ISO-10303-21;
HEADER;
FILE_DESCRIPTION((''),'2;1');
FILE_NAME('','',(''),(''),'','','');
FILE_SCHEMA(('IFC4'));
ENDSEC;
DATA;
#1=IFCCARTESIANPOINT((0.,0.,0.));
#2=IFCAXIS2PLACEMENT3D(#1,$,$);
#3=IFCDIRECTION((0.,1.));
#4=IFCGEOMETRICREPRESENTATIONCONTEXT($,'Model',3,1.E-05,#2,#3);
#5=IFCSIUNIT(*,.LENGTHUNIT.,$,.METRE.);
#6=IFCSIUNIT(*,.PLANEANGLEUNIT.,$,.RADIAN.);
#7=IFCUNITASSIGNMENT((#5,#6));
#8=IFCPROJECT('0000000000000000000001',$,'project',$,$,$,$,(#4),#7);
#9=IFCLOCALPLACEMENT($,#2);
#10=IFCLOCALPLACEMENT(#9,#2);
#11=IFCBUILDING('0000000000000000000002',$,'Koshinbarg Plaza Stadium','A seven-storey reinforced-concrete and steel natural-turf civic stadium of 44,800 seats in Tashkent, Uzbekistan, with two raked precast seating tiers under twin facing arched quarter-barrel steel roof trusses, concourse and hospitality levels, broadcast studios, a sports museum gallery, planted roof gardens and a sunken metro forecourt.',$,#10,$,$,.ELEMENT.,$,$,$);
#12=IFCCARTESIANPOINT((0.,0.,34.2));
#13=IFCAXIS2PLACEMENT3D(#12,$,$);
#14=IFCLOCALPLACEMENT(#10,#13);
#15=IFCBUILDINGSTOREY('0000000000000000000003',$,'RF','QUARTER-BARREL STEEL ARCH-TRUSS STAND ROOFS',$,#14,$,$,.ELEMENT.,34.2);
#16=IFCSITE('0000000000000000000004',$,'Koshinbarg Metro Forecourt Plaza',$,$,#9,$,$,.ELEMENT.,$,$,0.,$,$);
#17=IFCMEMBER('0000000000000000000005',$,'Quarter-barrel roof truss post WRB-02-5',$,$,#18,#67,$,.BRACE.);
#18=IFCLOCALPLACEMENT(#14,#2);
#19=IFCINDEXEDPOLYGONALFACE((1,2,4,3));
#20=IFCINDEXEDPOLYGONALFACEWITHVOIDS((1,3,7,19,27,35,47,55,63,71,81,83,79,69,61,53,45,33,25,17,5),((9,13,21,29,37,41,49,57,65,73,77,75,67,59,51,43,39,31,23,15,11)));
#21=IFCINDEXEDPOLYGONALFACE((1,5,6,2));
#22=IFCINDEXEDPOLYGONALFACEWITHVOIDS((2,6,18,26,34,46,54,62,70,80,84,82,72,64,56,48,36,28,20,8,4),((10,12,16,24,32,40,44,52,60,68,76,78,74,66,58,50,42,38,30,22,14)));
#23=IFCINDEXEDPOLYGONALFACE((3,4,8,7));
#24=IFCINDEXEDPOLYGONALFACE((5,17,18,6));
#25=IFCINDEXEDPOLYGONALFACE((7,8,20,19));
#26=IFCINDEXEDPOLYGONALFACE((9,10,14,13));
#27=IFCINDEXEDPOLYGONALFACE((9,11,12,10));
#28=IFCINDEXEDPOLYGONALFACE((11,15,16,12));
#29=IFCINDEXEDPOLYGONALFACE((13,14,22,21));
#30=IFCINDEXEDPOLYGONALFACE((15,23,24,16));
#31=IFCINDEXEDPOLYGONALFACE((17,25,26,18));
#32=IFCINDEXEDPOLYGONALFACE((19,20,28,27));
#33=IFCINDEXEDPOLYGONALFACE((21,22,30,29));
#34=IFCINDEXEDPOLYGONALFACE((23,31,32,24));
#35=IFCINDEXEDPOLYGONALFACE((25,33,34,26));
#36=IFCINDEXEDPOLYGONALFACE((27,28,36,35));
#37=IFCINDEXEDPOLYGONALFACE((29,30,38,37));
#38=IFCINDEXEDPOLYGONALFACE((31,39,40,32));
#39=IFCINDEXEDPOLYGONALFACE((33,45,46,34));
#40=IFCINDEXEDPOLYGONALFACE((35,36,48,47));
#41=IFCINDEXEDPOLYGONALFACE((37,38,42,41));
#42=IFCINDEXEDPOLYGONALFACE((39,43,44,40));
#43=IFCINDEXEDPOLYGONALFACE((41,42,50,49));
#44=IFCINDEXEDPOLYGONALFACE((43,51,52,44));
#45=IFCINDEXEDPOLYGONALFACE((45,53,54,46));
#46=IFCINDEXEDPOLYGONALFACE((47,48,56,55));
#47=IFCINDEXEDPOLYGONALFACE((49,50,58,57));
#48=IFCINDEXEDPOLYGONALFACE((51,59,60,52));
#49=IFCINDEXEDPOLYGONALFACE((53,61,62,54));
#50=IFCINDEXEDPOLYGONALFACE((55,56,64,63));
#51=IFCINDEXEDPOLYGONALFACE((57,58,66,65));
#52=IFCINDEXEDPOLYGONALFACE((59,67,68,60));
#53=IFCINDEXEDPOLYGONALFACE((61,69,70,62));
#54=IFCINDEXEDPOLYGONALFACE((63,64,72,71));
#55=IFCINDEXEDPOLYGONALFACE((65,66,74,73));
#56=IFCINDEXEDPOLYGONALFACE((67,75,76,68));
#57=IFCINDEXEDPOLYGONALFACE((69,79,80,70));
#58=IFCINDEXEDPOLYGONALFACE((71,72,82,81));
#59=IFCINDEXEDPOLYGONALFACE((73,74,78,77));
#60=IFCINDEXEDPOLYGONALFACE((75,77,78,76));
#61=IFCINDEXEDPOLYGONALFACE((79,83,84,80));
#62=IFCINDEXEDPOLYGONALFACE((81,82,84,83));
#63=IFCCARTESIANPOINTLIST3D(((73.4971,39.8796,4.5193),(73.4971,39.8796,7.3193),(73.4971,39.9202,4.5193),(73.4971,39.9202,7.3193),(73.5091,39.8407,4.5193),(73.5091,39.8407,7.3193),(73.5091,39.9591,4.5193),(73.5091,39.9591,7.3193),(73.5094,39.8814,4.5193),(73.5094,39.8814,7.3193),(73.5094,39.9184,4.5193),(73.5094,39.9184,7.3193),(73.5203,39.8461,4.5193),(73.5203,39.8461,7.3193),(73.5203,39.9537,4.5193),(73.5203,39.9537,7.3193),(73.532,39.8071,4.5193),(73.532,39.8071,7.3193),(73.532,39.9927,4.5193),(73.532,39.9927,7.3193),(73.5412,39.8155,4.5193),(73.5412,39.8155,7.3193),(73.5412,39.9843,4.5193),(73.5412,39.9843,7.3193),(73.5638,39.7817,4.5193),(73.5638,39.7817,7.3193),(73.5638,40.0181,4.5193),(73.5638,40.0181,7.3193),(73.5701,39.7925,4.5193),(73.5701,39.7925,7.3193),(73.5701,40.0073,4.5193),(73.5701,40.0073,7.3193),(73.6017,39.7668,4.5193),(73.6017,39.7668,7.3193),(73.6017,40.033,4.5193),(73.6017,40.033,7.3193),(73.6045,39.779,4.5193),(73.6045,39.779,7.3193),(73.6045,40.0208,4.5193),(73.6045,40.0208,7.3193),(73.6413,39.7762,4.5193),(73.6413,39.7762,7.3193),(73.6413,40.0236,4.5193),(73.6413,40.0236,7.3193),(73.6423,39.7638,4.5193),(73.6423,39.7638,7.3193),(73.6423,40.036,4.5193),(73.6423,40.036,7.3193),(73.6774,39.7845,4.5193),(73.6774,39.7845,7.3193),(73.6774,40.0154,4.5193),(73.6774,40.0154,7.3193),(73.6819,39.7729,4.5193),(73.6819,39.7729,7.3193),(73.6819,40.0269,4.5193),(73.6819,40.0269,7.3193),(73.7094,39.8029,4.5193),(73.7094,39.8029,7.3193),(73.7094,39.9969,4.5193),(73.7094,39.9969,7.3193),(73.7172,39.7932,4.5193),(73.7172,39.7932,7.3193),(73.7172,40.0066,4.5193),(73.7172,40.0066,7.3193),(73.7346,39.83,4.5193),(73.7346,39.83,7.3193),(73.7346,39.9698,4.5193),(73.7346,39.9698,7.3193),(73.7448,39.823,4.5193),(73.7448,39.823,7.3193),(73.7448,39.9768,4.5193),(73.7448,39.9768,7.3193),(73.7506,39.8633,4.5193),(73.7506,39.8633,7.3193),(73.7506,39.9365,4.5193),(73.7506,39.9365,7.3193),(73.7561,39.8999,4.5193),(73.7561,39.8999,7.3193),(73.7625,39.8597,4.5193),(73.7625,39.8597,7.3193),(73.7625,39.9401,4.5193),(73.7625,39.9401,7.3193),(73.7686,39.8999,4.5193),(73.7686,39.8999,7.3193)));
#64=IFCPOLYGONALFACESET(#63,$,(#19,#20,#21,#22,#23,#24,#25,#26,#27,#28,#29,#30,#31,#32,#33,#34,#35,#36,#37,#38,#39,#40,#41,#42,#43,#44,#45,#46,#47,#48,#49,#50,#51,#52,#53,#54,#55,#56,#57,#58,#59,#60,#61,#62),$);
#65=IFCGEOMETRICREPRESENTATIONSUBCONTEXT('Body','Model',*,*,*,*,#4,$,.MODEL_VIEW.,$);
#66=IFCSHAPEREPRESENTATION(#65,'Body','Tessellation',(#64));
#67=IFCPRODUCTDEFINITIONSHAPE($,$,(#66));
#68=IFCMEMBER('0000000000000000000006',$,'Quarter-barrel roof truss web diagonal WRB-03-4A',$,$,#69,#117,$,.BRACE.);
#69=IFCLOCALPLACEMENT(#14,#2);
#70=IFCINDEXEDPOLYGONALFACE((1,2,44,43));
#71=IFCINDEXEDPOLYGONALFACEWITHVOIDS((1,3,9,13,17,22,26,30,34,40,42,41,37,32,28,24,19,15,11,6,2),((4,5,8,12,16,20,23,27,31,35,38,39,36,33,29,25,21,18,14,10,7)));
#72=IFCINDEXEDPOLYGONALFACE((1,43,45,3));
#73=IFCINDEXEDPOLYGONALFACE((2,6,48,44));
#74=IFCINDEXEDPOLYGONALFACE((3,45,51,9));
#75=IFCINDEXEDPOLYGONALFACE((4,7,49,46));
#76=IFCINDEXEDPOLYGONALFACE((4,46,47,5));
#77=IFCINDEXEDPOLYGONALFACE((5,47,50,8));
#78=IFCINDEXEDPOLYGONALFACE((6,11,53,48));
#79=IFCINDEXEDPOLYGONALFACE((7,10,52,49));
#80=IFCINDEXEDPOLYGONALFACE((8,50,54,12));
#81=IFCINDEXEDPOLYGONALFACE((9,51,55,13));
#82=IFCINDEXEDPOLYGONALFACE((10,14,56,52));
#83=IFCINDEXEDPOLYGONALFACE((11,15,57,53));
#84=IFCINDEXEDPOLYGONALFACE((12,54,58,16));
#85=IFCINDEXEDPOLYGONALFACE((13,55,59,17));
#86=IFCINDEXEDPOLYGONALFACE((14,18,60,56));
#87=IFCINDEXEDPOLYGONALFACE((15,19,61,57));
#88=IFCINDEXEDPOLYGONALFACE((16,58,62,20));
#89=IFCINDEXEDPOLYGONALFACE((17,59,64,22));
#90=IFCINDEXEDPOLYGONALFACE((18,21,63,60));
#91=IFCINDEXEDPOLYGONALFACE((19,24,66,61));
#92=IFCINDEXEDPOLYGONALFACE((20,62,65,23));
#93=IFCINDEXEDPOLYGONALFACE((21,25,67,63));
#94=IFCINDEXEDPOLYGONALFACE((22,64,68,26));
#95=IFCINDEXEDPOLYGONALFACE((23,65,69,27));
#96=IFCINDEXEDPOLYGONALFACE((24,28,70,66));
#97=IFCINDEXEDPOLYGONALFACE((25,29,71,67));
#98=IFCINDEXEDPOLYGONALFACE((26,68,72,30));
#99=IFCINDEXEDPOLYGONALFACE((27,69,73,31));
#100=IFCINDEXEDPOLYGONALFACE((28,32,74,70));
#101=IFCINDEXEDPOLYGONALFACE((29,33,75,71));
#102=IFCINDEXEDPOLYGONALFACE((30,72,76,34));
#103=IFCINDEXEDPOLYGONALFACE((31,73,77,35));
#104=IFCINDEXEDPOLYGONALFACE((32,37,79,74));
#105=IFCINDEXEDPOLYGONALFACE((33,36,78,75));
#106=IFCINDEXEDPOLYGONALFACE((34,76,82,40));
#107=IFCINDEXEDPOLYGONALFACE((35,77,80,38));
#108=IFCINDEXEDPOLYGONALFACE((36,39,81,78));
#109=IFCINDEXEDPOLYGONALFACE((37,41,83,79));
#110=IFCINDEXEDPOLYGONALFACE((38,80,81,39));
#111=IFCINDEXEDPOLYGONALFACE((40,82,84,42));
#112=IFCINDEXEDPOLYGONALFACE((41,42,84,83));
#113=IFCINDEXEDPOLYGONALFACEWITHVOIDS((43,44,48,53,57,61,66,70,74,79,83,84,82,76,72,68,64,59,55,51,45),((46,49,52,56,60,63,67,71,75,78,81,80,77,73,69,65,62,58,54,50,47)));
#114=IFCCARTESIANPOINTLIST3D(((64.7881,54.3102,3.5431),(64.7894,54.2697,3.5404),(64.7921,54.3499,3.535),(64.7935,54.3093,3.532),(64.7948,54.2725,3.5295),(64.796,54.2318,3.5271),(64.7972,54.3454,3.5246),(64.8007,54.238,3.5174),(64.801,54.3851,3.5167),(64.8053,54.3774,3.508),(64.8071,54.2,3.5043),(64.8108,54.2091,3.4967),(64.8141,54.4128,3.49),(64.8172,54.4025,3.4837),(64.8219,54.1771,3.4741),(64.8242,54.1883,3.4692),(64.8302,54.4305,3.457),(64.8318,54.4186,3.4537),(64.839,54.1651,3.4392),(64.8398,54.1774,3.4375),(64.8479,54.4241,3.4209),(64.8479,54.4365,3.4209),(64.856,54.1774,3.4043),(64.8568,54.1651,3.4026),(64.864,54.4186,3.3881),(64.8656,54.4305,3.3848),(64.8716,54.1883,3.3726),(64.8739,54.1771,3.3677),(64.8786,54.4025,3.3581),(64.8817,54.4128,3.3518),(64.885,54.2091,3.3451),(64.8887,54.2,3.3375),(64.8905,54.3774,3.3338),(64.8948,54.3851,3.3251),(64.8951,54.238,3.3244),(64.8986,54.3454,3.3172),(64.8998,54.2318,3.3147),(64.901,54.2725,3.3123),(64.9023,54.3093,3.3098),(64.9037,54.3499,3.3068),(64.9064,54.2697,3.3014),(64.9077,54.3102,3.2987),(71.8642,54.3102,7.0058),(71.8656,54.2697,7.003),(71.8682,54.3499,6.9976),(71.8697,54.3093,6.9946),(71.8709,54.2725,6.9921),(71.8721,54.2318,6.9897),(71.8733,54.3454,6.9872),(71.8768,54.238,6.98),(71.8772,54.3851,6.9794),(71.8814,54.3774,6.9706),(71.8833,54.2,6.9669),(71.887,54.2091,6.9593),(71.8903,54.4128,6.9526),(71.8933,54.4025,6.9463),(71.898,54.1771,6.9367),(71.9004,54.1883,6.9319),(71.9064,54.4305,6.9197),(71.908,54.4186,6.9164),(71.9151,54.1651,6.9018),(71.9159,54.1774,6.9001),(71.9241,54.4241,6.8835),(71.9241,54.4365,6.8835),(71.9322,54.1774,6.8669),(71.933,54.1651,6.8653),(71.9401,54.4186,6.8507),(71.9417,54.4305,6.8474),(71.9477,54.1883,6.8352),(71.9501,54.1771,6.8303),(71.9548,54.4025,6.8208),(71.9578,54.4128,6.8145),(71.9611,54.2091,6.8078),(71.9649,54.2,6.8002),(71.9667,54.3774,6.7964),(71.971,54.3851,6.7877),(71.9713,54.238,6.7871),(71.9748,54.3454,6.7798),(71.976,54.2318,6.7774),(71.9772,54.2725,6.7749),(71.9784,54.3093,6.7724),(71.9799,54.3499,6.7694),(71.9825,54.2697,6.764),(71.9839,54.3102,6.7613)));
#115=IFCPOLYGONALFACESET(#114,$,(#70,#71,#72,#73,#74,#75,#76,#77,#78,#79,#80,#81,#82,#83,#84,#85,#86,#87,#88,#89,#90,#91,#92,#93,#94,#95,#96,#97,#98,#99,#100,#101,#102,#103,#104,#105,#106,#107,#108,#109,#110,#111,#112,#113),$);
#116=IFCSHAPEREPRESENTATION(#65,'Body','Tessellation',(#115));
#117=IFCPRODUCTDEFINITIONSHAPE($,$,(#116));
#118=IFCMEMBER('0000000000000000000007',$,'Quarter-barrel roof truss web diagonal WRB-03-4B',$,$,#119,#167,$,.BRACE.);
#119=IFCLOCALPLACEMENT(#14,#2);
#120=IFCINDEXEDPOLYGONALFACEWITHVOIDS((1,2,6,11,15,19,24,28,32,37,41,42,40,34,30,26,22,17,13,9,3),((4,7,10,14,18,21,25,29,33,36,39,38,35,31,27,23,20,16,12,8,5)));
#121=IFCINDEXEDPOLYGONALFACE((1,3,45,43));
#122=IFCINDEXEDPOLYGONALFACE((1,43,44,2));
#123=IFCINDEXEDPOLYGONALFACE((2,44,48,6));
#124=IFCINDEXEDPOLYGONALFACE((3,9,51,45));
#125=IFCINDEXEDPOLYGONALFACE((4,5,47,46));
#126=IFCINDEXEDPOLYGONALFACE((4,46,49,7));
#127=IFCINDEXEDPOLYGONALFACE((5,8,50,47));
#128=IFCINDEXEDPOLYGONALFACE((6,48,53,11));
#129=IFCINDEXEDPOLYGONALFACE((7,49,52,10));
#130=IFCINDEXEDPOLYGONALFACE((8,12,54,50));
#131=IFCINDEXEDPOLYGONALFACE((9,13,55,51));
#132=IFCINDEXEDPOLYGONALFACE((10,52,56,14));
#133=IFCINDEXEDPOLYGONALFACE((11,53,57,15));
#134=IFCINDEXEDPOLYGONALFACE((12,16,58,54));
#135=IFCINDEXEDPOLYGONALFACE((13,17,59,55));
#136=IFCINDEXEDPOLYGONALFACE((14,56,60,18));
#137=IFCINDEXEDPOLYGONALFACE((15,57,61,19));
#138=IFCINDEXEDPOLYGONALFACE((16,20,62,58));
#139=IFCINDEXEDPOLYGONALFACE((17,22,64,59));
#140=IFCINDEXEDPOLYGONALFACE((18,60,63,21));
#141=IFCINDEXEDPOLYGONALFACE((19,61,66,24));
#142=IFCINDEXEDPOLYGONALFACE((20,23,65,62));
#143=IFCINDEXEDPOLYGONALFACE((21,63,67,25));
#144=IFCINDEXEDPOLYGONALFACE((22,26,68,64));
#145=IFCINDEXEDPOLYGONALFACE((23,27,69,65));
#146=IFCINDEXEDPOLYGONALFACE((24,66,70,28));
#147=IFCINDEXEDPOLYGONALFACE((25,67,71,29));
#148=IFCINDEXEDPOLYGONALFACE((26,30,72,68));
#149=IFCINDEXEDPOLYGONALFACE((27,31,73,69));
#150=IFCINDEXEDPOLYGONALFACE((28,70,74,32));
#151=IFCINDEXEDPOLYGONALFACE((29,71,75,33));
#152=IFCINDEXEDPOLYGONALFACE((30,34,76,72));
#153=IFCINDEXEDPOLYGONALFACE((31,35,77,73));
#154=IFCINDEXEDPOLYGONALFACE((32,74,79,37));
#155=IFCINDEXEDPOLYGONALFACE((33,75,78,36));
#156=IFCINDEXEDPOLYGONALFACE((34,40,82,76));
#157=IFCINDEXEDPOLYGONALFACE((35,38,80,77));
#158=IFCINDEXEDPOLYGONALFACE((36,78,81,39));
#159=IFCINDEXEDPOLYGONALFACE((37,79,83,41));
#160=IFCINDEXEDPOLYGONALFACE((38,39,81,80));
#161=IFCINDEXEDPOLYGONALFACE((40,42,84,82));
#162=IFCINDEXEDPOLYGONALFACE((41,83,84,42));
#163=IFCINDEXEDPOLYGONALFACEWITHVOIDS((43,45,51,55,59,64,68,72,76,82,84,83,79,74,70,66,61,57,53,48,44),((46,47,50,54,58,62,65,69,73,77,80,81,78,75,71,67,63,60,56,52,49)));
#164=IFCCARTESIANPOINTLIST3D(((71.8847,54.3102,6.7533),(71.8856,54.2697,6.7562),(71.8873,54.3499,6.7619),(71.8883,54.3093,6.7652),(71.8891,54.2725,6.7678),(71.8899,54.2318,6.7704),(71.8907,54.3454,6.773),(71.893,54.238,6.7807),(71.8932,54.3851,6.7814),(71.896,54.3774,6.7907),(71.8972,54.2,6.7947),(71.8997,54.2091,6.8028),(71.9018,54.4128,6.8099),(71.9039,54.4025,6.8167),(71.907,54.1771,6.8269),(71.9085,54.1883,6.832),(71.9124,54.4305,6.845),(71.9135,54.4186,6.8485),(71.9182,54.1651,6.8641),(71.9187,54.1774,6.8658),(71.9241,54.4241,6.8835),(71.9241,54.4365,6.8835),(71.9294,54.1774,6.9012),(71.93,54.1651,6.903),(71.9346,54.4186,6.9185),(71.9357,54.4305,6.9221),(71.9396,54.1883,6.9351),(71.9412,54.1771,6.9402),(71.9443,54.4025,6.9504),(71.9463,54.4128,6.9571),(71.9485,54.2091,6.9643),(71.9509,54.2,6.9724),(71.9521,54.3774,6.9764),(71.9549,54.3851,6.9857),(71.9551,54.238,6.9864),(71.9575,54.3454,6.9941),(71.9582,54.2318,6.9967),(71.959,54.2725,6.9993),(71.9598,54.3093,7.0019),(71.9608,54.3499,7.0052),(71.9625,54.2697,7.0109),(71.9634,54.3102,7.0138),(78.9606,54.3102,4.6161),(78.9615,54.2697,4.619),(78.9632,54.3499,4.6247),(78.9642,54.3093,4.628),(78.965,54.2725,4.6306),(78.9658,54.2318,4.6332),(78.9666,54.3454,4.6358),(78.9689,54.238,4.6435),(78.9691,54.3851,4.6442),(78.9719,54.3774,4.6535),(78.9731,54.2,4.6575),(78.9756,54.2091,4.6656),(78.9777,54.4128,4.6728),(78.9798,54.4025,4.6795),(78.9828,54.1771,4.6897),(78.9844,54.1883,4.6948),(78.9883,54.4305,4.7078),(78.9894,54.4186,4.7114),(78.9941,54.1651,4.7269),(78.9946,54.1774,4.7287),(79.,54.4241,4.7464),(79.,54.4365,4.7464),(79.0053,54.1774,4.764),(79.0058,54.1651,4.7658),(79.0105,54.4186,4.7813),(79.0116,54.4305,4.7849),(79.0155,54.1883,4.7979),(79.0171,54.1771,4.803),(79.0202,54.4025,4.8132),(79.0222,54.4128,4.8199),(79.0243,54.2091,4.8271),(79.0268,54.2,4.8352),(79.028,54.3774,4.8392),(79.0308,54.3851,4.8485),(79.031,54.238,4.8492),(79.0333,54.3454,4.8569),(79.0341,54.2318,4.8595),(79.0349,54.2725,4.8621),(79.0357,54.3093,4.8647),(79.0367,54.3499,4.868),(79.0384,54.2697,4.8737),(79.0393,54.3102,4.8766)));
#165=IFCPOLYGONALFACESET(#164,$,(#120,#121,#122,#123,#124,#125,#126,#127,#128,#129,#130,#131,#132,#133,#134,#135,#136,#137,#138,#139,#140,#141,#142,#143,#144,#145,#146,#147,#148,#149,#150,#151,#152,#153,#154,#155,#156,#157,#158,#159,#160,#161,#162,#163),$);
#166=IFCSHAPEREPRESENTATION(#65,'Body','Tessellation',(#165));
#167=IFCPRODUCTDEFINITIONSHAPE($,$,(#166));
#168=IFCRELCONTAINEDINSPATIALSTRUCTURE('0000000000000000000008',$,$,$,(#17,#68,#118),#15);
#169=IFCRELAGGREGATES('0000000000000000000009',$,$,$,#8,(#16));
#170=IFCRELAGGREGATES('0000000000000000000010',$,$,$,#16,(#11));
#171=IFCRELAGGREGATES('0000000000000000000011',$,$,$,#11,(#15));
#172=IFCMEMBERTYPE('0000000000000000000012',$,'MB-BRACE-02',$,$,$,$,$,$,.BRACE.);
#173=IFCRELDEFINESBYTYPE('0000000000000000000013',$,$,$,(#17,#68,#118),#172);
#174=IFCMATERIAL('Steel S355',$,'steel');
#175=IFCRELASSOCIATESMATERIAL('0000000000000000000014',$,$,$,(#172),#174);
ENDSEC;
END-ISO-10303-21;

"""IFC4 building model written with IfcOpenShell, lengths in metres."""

from ifc_helpers import new_model, si_unit, direction, frame, origin, origin_2d, place, context, subcontext, project, spatial, hollow_circle, extrude, material, material_profile, profile_set, type_object, element, save


model = new_model("IFC4")

# Units and contexts
model_context = context("Model", 3, precision=1e-05, world=origin(), true_north=direction((0.0, 1.0)))
body_context = subcontext(model_context, "Body", "Model", "MODEL_VIEW")
ifc_project = project(units=[si_unit("LENGTHUNIT", "METRE"), si_unit("PLANEANGLEUNIT", "RADIAN")], contexts=[model_context])

# Site, building, storey
site_placement = place(None, origin())
site = spatial("IfcSite", under=ifc_project, at=site_placement, Name="Koshinbarg Metro Forecourt Plaza", CompositionType="ELEMENT", RefElevation=0.0)
building_placement = place(site_placement, origin())
building = spatial("IfcBuilding", under=site, at=building_placement, Name="Koshinbarg Plaza Stadium", Description="A seven-storey reinforced-concrete and steel natural-turf civic stadium of 44,800 seats in Tashkent, Uzbekistan, with two raked precast seating tiers under twin facing arched quarter-barrel steel roof trusses, concourse and hospitality levels, broadcast studios, a sports museum gallery, planted roof gardens and a sunken metro forecourt.", CompositionType="ELEMENT")
storey_placement = place(building_placement, frame((0.0, 0.0, 34.2)))
storey = spatial("IfcBuildingStorey", under=building, at=storey_placement, Name="RF", Description="QUARTER-BARREL STEEL ARCH-TRUSS STAND ROOFS", CompositionType="ELEMENT", Elevation=34.2)

# Members
ifc_material_1 = material(Name="Steel S355", Category="steel")
ifc_material_profile_1 = material_profile(ifc_material_1, hollow_circle(Radius=0.1365, WallThickness=0.0125, at=origin_2d()), Name="CHS 273x12.5")
ifc_profile_set_1 = profile_set([ifc_material_profile_1], Name="Steel S355")
member_type_1 = type_object("IfcMemberType", Name="MB-BRACE-02", PredefinedType="BRACE", material=ifc_profile_set_1)
member_1_placement = place(storey_placement, frame((73.6321, 39.8999, 4.5193), z_axis=(0.0, 0.0, 1.0), x_axis=(1.0, 0.0, 0.0)))
element("IfcMember", 1, at=member_1_placement, inside=storey, type_object=member_type_1, Name="Quarter-barrel roof truss post WRB-02-5", PredefinedType="BRACE", context=body_context, shape_type="SweptSolid", body=[
    extrude(hollow_circle(Radius=0.1365, WallThickness=0.0125, at=origin_2d()), origin(), (0.0, 0.0, 1.0), 2.8),
])
member_2_placement = place(storey_placement, frame((64.8479, 54.3, 3.4209), z_axis=(0.898225, 0.0, 0.439536), x_axis=(0.0, 1.0, 0.0)))
element("IfcMember", 2, at=member_2_placement, inside=storey, type_object=member_type_1, Name="Quarter-barrel roof truss web diagonal WRB-03-4A", PredefinedType="BRACE", context=body_context, shape_type="SweptSolid", body=[
    extrude(hollow_circle(Radius=0.1365, WallThickness=0.0125, at=origin_2d()), origin(), (0.0, 0.0, 1.0), 7.8779),
])
member_3_placement = place(storey_placement, frame((71.9241, 54.3, 6.8835), z_axis=(0.957287, 0.0, -0.289138), x_axis=(0.0, 1.0, 0.0)))
element("IfcMember", 3, at=member_3_placement, inside=storey, type_object=member_type_1, Name="Quarter-barrel roof truss web diagonal WRB-03-4B", PredefinedType="BRACE", context=body_context, shape_type="SweptSolid", body=[
    extrude(hollow_circle(Radius=0.1365, WallThickness=0.0125, at=origin_2d()), origin(), (0.0, 0.0, 1.0), 7.3916),
])

save(model, "model.ifc")
